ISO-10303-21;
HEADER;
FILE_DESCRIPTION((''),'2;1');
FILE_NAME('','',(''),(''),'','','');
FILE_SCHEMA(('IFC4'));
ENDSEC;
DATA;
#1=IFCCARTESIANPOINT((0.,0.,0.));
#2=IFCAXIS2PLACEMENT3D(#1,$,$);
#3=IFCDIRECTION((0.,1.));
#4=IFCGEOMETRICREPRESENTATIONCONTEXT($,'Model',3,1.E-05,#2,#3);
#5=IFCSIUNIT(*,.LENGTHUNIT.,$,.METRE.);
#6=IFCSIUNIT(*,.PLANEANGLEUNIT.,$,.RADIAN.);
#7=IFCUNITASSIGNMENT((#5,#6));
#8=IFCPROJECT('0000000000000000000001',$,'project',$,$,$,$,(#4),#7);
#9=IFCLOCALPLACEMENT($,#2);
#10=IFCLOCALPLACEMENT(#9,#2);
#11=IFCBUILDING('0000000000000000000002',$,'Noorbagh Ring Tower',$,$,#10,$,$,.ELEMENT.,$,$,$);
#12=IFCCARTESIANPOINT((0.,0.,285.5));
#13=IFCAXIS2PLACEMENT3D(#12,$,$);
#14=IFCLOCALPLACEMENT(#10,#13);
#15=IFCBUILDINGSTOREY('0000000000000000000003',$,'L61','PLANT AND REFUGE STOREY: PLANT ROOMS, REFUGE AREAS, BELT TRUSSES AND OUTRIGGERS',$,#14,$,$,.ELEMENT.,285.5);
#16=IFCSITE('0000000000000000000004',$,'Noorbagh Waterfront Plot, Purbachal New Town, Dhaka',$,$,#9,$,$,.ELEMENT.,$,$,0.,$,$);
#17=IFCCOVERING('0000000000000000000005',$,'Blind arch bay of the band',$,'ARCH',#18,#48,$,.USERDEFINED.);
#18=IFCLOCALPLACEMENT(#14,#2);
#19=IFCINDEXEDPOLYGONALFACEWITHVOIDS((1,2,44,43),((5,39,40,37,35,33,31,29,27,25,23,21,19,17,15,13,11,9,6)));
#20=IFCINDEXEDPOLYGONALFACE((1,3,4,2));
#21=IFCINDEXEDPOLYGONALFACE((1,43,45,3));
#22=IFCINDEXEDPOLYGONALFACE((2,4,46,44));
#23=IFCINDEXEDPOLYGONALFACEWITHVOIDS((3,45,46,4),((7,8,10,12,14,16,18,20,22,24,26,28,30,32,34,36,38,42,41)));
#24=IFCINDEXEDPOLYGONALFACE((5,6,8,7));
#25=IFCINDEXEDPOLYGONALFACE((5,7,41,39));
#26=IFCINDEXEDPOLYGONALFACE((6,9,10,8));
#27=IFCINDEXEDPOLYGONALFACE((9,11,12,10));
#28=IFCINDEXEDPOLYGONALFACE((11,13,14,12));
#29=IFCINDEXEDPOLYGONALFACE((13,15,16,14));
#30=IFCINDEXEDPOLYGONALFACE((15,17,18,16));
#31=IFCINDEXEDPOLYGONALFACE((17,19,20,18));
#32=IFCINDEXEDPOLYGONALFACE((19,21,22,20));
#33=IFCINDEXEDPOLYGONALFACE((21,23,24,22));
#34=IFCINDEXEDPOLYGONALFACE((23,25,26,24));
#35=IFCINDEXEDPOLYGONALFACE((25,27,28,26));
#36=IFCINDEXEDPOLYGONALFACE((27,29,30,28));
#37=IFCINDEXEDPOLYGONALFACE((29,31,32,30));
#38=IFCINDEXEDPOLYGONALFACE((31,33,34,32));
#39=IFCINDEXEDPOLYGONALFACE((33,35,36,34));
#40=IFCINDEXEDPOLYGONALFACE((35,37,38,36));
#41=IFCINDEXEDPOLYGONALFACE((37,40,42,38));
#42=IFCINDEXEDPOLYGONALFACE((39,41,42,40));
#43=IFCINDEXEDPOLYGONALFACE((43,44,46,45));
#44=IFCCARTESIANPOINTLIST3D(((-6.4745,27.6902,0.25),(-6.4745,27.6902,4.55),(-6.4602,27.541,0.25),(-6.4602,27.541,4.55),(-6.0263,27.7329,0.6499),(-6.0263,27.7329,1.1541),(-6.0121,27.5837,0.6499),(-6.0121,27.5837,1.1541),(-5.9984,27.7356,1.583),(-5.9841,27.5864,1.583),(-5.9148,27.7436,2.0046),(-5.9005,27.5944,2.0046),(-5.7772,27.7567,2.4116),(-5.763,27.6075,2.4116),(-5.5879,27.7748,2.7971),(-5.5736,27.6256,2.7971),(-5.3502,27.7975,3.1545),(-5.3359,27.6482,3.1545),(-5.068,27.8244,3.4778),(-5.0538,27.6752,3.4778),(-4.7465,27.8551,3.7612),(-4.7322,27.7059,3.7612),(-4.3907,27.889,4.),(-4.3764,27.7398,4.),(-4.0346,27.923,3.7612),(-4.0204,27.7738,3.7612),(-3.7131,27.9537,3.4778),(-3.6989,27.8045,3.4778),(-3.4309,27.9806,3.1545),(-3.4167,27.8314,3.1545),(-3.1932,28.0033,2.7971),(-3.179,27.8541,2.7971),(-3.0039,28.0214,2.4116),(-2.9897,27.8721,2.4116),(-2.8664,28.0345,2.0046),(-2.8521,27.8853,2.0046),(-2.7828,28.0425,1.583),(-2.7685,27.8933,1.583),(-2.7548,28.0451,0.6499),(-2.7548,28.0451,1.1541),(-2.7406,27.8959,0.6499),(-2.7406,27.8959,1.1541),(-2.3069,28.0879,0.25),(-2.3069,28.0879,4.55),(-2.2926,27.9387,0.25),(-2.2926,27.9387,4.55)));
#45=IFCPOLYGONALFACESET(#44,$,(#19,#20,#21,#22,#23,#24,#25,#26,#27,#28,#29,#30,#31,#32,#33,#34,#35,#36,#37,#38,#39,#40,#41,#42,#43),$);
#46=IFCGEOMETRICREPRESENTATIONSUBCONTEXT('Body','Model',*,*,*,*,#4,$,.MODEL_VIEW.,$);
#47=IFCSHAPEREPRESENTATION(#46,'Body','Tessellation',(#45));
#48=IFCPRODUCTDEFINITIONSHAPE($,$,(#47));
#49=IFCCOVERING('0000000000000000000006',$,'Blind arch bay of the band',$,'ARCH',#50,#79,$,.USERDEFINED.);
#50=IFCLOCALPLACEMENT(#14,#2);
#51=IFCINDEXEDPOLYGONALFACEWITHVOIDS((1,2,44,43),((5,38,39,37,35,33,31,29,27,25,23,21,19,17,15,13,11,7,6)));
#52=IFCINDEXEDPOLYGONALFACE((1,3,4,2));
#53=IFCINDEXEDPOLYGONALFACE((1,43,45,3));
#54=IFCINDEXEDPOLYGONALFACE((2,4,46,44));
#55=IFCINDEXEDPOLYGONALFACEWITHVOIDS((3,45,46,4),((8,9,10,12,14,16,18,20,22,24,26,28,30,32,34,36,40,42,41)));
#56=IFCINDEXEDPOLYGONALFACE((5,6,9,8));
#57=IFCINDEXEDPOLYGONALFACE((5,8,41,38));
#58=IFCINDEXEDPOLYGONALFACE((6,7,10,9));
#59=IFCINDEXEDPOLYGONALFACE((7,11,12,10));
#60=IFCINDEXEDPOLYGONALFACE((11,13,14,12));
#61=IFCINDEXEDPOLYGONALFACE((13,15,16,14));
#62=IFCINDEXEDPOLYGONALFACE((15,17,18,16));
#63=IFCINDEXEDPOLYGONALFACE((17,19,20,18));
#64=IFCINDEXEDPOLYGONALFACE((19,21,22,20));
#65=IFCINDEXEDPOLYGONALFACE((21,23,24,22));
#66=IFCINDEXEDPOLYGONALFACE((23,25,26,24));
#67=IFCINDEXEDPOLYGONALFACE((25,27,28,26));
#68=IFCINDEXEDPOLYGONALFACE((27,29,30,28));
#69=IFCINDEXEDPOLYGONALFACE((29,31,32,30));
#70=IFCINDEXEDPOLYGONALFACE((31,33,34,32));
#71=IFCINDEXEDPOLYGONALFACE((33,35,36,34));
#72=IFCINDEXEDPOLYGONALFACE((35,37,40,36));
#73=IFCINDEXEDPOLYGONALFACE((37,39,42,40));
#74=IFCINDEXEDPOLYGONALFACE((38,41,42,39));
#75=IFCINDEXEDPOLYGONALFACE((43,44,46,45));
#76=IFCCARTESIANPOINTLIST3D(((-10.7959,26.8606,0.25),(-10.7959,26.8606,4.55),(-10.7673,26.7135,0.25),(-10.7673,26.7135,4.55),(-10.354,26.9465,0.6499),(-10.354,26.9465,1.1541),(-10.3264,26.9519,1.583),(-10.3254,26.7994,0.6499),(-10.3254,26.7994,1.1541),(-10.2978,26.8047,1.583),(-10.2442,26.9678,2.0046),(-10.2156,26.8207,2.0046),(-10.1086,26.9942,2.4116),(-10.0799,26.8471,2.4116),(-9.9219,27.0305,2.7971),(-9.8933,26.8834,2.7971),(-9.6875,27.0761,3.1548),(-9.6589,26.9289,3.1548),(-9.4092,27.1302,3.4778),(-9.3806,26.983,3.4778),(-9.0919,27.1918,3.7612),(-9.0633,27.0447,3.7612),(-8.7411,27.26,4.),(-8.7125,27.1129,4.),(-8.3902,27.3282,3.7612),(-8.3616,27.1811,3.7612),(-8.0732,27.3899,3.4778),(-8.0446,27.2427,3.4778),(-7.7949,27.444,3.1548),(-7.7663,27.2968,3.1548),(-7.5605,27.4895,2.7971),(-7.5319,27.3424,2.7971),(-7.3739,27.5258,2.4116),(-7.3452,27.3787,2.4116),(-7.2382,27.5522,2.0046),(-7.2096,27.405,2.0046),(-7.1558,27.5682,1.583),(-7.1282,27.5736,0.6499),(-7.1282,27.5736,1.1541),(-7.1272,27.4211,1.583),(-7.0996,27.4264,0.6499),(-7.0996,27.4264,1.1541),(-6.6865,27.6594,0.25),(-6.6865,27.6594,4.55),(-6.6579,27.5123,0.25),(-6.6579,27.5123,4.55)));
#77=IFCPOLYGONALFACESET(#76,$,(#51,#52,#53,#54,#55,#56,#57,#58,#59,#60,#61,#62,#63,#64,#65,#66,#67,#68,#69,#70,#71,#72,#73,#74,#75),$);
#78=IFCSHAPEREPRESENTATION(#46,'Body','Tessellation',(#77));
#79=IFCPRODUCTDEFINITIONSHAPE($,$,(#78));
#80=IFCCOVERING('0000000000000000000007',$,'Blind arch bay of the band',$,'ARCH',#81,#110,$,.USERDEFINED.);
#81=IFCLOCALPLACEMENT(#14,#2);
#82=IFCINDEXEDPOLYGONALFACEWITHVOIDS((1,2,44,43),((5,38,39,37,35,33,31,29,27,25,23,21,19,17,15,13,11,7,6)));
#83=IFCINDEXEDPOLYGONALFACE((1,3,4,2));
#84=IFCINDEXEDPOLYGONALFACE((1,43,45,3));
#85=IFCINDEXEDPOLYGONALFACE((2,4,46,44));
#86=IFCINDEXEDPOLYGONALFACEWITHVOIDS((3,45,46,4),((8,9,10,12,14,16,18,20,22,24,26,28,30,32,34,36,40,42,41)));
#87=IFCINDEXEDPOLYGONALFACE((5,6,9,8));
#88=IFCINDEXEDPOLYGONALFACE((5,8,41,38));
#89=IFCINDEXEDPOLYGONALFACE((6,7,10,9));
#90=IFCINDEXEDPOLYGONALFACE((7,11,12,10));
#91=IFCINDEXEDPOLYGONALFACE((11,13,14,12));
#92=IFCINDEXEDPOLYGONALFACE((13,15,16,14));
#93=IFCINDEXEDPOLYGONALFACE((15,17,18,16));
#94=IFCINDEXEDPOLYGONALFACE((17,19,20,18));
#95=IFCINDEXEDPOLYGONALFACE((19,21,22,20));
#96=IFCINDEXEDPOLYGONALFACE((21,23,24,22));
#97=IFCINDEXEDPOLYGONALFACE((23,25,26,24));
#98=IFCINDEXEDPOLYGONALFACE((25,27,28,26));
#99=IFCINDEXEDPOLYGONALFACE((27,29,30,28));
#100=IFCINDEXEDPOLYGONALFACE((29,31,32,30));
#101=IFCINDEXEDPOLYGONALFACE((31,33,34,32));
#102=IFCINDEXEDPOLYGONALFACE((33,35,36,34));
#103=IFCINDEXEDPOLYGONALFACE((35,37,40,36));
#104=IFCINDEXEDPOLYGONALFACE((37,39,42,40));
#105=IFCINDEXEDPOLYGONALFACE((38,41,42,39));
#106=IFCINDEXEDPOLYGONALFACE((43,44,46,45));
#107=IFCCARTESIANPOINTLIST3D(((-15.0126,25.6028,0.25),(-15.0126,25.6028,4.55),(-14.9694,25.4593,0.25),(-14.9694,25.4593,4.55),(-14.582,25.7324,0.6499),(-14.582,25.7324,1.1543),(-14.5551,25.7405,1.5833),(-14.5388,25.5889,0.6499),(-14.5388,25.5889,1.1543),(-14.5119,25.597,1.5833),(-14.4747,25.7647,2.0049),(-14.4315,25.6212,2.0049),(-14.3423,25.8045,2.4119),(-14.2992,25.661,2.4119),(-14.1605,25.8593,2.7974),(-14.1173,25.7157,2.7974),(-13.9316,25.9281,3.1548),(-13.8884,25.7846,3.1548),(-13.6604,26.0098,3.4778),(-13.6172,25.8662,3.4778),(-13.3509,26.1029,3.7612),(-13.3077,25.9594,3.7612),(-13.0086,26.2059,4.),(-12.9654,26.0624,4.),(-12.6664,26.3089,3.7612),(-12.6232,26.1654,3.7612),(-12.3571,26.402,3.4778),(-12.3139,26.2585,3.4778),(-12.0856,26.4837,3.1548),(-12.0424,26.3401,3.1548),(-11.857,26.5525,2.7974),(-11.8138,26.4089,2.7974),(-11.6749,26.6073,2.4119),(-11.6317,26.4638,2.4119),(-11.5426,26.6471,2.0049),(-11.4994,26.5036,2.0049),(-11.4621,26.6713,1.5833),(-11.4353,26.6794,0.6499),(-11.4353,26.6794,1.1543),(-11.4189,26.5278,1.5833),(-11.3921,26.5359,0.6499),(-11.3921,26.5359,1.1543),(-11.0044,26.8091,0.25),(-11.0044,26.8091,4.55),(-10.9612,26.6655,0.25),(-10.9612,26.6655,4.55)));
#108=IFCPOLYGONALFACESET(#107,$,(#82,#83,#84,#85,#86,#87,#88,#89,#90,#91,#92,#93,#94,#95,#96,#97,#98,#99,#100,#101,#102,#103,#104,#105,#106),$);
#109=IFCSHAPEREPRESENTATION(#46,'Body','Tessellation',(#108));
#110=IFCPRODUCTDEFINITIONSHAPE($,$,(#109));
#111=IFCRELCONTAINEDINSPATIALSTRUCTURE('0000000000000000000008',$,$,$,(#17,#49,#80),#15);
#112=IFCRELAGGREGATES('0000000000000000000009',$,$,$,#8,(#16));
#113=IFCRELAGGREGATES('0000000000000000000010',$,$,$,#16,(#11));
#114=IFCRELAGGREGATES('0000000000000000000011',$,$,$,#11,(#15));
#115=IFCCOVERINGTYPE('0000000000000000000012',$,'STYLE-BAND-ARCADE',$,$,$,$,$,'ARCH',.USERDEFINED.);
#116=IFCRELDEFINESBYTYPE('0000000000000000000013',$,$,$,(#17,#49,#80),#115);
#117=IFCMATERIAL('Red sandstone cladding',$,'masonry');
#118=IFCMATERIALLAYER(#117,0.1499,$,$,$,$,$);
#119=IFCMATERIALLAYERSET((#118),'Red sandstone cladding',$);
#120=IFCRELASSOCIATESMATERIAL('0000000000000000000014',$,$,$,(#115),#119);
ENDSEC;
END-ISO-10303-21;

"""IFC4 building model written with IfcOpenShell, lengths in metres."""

from ifc_helpers import new_model, si_unit, direction, frame, origin, place, context, subcontext, project, spatial, polyline, outline, extrude, material, layer, layer_set, type_object, element, save


model = new_model("IFC4")

# Units and contexts
model_context = context("Model", 3, precision=1e-05, world=origin(), true_north=direction((0.0, 1.0)))
body_context = subcontext(model_context, "Body", "Model", "MODEL_VIEW")
ifc_project = project(units=[si_unit("LENGTHUNIT", "METRE"), si_unit("PLANEANGLEUNIT", "RADIAN")], contexts=[model_context])

# Site, building, storey
site_placement = place(None, origin())
site = spatial("IfcSite", under=ifc_project, at=site_placement, Name="Noorbagh Waterfront Plot, Purbachal New Town, Dhaka", CompositionType="ELEMENT", RefElevation=0.0)
building_placement = place(site_placement, origin())
building = spatial("IfcBuilding", under=site, at=building_placement, Name="Noorbagh Ring Tower", CompositionType="ELEMENT")
storey_placement = place(building_placement, frame((0.0, 0.0, 285.5)))
storey = spatial("IfcBuildingStorey", under=building, at=storey_placement, Name="L61", Description="PLANT AND REFUGE STOREY: PLANT ROOMS, REFUGE AREAS, BELT TRUSSES AND OUTRIGGERS", CompositionType="ELEMENT", Elevation=285.5)

# Coverings
ifc_material_1 = material(Name="Red sandstone cladding", Category="masonry")
ifc_layer_1 = layer(ifc_material_1, 0.1499)
ifc_layer_set_1 = layer_set([ifc_layer_1], Name="Red sandstone cladding")
covering_type_1 = type_object("IfcCoveringType", Name="STYLE-BAND-ARCADE", ElementType="ARCH", PredefinedType="USERDEFINED", material=ifc_layer_set_1)
covering_1_placement = place(storey_placement, frame((-2.3069, 28.0879, 0.25), z_axis=(-0.094999, 0.995477, 0.0), x_axis=(-0.995477, -0.094999, 0.0)))
element("IfcCovering", 1, at=covering_1_placement, inside=storey, type_object=covering_type_1, Name="Blind arch bay of the band", ObjectType="ARCH", PredefinedType="USERDEFINED", context=body_context, shape_type="SweptSolid", body=[
    extrude(outline(polyline([(0.0, 0.0), (4.1865, 0.0), (4.1865, 4.3), (0.0, 4.3), (0.0, 0.0)]), holes=[polyline([(0.45, 0.3999), (0.45, 0.9041), (0.478, 1.333), (0.562, 1.7546), (0.7002, 2.1616), (0.8904, 2.5471), (1.1292, 2.9045), (1.4126, 3.2278), (1.7356, 3.5112), (2.0933, 3.75), (2.4507, 3.5112), (2.7737, 3.2278), (3.0571, 2.9045), (3.2959, 2.5471), (3.4861, 2.1616), (3.6243, 1.7546), (3.7083, 1.333), (3.7363, 0.9041), (3.7363, 0.3999), (0.45, 0.3999)])]), origin(), (0.0, 0.0, -1.0), 0.1499),
])
covering_2_placement = place(storey_placement, frame((-6.6865, 27.6594, 0.25), z_axis=(-0.19082, 0.981625, 0.0), x_axis=(-0.981625, -0.19082, 0.0)))
element("IfcCovering", 2, at=covering_2_placement, inside=storey, type_object=covering_type_1, Name="Blind arch bay of the band", ObjectType="ARCH", PredefinedType="USERDEFINED", context=body_context, shape_type="SweptSolid", body=[
    extrude(outline(polyline([(0.0, 0.0), (4.1863, 0.0), (4.1863, 4.3), (0.0, 4.3), (0.0, 0.0)]), holes=[polyline([(0.45, 0.3999), (0.45, 0.9041), (0.478, 1.333), (0.562, 1.7546), (0.7002, 2.1616), (0.8904, 2.5471), (1.1292, 2.9048), (1.4126, 3.2278), (1.7356, 3.5112), (2.093, 3.75), (2.4504, 3.5112), (2.7737, 3.2278), (3.0571, 2.9048), (3.2959, 2.5471), (3.4861, 2.1616), (3.6243, 1.7546), (3.708, 1.333), (3.7361, 0.9041), (3.7361, 0.3999), (0.45, 0.3999)])]), origin(), (0.0, 0.0, -1.0), 0.1499),
])
covering_3_placement = place(storey_placement, frame((-11.0044, 26.8091, 0.25), z_axis=(-0.288183, 0.957575, 0.0), x_axis=(-0.957575, -0.288183, 0.0)))
element("IfcCovering", 3, at=covering_3_placement, inside=storey, type_object=covering_type_1, Name="Blind arch bay of the band", ObjectType="ARCH", PredefinedType="USERDEFINED", context=body_context, shape_type="SweptSolid", body=[
    extrude(outline(polyline([(0.0, 0.0), (4.1858, 0.0), (4.1858, 4.3), (0.0, 4.3), (0.0, 0.0)]), holes=[polyline([(0.45, 0.3999), (0.45, 0.9043), (0.478, 1.3333), (0.562, 1.7549), (0.7002, 2.1619), (0.8904, 2.5474), (1.1292, 2.9048), (1.4126, 3.2278), (1.7356, 3.5112), (2.093, 3.75), (2.4504, 3.5112), (2.7737, 3.2278), (3.0569, 2.9048), (3.2959, 2.5474), (3.4858, 2.1619), (3.624, 1.7549), (3.708, 1.3333), (3.7361, 0.9043), (3.7361, 0.3999), (0.45, 0.3999)])]), origin(), (0.0, 0.0, -1.0), 0.1499),
])

save(model, "model.ifc")
